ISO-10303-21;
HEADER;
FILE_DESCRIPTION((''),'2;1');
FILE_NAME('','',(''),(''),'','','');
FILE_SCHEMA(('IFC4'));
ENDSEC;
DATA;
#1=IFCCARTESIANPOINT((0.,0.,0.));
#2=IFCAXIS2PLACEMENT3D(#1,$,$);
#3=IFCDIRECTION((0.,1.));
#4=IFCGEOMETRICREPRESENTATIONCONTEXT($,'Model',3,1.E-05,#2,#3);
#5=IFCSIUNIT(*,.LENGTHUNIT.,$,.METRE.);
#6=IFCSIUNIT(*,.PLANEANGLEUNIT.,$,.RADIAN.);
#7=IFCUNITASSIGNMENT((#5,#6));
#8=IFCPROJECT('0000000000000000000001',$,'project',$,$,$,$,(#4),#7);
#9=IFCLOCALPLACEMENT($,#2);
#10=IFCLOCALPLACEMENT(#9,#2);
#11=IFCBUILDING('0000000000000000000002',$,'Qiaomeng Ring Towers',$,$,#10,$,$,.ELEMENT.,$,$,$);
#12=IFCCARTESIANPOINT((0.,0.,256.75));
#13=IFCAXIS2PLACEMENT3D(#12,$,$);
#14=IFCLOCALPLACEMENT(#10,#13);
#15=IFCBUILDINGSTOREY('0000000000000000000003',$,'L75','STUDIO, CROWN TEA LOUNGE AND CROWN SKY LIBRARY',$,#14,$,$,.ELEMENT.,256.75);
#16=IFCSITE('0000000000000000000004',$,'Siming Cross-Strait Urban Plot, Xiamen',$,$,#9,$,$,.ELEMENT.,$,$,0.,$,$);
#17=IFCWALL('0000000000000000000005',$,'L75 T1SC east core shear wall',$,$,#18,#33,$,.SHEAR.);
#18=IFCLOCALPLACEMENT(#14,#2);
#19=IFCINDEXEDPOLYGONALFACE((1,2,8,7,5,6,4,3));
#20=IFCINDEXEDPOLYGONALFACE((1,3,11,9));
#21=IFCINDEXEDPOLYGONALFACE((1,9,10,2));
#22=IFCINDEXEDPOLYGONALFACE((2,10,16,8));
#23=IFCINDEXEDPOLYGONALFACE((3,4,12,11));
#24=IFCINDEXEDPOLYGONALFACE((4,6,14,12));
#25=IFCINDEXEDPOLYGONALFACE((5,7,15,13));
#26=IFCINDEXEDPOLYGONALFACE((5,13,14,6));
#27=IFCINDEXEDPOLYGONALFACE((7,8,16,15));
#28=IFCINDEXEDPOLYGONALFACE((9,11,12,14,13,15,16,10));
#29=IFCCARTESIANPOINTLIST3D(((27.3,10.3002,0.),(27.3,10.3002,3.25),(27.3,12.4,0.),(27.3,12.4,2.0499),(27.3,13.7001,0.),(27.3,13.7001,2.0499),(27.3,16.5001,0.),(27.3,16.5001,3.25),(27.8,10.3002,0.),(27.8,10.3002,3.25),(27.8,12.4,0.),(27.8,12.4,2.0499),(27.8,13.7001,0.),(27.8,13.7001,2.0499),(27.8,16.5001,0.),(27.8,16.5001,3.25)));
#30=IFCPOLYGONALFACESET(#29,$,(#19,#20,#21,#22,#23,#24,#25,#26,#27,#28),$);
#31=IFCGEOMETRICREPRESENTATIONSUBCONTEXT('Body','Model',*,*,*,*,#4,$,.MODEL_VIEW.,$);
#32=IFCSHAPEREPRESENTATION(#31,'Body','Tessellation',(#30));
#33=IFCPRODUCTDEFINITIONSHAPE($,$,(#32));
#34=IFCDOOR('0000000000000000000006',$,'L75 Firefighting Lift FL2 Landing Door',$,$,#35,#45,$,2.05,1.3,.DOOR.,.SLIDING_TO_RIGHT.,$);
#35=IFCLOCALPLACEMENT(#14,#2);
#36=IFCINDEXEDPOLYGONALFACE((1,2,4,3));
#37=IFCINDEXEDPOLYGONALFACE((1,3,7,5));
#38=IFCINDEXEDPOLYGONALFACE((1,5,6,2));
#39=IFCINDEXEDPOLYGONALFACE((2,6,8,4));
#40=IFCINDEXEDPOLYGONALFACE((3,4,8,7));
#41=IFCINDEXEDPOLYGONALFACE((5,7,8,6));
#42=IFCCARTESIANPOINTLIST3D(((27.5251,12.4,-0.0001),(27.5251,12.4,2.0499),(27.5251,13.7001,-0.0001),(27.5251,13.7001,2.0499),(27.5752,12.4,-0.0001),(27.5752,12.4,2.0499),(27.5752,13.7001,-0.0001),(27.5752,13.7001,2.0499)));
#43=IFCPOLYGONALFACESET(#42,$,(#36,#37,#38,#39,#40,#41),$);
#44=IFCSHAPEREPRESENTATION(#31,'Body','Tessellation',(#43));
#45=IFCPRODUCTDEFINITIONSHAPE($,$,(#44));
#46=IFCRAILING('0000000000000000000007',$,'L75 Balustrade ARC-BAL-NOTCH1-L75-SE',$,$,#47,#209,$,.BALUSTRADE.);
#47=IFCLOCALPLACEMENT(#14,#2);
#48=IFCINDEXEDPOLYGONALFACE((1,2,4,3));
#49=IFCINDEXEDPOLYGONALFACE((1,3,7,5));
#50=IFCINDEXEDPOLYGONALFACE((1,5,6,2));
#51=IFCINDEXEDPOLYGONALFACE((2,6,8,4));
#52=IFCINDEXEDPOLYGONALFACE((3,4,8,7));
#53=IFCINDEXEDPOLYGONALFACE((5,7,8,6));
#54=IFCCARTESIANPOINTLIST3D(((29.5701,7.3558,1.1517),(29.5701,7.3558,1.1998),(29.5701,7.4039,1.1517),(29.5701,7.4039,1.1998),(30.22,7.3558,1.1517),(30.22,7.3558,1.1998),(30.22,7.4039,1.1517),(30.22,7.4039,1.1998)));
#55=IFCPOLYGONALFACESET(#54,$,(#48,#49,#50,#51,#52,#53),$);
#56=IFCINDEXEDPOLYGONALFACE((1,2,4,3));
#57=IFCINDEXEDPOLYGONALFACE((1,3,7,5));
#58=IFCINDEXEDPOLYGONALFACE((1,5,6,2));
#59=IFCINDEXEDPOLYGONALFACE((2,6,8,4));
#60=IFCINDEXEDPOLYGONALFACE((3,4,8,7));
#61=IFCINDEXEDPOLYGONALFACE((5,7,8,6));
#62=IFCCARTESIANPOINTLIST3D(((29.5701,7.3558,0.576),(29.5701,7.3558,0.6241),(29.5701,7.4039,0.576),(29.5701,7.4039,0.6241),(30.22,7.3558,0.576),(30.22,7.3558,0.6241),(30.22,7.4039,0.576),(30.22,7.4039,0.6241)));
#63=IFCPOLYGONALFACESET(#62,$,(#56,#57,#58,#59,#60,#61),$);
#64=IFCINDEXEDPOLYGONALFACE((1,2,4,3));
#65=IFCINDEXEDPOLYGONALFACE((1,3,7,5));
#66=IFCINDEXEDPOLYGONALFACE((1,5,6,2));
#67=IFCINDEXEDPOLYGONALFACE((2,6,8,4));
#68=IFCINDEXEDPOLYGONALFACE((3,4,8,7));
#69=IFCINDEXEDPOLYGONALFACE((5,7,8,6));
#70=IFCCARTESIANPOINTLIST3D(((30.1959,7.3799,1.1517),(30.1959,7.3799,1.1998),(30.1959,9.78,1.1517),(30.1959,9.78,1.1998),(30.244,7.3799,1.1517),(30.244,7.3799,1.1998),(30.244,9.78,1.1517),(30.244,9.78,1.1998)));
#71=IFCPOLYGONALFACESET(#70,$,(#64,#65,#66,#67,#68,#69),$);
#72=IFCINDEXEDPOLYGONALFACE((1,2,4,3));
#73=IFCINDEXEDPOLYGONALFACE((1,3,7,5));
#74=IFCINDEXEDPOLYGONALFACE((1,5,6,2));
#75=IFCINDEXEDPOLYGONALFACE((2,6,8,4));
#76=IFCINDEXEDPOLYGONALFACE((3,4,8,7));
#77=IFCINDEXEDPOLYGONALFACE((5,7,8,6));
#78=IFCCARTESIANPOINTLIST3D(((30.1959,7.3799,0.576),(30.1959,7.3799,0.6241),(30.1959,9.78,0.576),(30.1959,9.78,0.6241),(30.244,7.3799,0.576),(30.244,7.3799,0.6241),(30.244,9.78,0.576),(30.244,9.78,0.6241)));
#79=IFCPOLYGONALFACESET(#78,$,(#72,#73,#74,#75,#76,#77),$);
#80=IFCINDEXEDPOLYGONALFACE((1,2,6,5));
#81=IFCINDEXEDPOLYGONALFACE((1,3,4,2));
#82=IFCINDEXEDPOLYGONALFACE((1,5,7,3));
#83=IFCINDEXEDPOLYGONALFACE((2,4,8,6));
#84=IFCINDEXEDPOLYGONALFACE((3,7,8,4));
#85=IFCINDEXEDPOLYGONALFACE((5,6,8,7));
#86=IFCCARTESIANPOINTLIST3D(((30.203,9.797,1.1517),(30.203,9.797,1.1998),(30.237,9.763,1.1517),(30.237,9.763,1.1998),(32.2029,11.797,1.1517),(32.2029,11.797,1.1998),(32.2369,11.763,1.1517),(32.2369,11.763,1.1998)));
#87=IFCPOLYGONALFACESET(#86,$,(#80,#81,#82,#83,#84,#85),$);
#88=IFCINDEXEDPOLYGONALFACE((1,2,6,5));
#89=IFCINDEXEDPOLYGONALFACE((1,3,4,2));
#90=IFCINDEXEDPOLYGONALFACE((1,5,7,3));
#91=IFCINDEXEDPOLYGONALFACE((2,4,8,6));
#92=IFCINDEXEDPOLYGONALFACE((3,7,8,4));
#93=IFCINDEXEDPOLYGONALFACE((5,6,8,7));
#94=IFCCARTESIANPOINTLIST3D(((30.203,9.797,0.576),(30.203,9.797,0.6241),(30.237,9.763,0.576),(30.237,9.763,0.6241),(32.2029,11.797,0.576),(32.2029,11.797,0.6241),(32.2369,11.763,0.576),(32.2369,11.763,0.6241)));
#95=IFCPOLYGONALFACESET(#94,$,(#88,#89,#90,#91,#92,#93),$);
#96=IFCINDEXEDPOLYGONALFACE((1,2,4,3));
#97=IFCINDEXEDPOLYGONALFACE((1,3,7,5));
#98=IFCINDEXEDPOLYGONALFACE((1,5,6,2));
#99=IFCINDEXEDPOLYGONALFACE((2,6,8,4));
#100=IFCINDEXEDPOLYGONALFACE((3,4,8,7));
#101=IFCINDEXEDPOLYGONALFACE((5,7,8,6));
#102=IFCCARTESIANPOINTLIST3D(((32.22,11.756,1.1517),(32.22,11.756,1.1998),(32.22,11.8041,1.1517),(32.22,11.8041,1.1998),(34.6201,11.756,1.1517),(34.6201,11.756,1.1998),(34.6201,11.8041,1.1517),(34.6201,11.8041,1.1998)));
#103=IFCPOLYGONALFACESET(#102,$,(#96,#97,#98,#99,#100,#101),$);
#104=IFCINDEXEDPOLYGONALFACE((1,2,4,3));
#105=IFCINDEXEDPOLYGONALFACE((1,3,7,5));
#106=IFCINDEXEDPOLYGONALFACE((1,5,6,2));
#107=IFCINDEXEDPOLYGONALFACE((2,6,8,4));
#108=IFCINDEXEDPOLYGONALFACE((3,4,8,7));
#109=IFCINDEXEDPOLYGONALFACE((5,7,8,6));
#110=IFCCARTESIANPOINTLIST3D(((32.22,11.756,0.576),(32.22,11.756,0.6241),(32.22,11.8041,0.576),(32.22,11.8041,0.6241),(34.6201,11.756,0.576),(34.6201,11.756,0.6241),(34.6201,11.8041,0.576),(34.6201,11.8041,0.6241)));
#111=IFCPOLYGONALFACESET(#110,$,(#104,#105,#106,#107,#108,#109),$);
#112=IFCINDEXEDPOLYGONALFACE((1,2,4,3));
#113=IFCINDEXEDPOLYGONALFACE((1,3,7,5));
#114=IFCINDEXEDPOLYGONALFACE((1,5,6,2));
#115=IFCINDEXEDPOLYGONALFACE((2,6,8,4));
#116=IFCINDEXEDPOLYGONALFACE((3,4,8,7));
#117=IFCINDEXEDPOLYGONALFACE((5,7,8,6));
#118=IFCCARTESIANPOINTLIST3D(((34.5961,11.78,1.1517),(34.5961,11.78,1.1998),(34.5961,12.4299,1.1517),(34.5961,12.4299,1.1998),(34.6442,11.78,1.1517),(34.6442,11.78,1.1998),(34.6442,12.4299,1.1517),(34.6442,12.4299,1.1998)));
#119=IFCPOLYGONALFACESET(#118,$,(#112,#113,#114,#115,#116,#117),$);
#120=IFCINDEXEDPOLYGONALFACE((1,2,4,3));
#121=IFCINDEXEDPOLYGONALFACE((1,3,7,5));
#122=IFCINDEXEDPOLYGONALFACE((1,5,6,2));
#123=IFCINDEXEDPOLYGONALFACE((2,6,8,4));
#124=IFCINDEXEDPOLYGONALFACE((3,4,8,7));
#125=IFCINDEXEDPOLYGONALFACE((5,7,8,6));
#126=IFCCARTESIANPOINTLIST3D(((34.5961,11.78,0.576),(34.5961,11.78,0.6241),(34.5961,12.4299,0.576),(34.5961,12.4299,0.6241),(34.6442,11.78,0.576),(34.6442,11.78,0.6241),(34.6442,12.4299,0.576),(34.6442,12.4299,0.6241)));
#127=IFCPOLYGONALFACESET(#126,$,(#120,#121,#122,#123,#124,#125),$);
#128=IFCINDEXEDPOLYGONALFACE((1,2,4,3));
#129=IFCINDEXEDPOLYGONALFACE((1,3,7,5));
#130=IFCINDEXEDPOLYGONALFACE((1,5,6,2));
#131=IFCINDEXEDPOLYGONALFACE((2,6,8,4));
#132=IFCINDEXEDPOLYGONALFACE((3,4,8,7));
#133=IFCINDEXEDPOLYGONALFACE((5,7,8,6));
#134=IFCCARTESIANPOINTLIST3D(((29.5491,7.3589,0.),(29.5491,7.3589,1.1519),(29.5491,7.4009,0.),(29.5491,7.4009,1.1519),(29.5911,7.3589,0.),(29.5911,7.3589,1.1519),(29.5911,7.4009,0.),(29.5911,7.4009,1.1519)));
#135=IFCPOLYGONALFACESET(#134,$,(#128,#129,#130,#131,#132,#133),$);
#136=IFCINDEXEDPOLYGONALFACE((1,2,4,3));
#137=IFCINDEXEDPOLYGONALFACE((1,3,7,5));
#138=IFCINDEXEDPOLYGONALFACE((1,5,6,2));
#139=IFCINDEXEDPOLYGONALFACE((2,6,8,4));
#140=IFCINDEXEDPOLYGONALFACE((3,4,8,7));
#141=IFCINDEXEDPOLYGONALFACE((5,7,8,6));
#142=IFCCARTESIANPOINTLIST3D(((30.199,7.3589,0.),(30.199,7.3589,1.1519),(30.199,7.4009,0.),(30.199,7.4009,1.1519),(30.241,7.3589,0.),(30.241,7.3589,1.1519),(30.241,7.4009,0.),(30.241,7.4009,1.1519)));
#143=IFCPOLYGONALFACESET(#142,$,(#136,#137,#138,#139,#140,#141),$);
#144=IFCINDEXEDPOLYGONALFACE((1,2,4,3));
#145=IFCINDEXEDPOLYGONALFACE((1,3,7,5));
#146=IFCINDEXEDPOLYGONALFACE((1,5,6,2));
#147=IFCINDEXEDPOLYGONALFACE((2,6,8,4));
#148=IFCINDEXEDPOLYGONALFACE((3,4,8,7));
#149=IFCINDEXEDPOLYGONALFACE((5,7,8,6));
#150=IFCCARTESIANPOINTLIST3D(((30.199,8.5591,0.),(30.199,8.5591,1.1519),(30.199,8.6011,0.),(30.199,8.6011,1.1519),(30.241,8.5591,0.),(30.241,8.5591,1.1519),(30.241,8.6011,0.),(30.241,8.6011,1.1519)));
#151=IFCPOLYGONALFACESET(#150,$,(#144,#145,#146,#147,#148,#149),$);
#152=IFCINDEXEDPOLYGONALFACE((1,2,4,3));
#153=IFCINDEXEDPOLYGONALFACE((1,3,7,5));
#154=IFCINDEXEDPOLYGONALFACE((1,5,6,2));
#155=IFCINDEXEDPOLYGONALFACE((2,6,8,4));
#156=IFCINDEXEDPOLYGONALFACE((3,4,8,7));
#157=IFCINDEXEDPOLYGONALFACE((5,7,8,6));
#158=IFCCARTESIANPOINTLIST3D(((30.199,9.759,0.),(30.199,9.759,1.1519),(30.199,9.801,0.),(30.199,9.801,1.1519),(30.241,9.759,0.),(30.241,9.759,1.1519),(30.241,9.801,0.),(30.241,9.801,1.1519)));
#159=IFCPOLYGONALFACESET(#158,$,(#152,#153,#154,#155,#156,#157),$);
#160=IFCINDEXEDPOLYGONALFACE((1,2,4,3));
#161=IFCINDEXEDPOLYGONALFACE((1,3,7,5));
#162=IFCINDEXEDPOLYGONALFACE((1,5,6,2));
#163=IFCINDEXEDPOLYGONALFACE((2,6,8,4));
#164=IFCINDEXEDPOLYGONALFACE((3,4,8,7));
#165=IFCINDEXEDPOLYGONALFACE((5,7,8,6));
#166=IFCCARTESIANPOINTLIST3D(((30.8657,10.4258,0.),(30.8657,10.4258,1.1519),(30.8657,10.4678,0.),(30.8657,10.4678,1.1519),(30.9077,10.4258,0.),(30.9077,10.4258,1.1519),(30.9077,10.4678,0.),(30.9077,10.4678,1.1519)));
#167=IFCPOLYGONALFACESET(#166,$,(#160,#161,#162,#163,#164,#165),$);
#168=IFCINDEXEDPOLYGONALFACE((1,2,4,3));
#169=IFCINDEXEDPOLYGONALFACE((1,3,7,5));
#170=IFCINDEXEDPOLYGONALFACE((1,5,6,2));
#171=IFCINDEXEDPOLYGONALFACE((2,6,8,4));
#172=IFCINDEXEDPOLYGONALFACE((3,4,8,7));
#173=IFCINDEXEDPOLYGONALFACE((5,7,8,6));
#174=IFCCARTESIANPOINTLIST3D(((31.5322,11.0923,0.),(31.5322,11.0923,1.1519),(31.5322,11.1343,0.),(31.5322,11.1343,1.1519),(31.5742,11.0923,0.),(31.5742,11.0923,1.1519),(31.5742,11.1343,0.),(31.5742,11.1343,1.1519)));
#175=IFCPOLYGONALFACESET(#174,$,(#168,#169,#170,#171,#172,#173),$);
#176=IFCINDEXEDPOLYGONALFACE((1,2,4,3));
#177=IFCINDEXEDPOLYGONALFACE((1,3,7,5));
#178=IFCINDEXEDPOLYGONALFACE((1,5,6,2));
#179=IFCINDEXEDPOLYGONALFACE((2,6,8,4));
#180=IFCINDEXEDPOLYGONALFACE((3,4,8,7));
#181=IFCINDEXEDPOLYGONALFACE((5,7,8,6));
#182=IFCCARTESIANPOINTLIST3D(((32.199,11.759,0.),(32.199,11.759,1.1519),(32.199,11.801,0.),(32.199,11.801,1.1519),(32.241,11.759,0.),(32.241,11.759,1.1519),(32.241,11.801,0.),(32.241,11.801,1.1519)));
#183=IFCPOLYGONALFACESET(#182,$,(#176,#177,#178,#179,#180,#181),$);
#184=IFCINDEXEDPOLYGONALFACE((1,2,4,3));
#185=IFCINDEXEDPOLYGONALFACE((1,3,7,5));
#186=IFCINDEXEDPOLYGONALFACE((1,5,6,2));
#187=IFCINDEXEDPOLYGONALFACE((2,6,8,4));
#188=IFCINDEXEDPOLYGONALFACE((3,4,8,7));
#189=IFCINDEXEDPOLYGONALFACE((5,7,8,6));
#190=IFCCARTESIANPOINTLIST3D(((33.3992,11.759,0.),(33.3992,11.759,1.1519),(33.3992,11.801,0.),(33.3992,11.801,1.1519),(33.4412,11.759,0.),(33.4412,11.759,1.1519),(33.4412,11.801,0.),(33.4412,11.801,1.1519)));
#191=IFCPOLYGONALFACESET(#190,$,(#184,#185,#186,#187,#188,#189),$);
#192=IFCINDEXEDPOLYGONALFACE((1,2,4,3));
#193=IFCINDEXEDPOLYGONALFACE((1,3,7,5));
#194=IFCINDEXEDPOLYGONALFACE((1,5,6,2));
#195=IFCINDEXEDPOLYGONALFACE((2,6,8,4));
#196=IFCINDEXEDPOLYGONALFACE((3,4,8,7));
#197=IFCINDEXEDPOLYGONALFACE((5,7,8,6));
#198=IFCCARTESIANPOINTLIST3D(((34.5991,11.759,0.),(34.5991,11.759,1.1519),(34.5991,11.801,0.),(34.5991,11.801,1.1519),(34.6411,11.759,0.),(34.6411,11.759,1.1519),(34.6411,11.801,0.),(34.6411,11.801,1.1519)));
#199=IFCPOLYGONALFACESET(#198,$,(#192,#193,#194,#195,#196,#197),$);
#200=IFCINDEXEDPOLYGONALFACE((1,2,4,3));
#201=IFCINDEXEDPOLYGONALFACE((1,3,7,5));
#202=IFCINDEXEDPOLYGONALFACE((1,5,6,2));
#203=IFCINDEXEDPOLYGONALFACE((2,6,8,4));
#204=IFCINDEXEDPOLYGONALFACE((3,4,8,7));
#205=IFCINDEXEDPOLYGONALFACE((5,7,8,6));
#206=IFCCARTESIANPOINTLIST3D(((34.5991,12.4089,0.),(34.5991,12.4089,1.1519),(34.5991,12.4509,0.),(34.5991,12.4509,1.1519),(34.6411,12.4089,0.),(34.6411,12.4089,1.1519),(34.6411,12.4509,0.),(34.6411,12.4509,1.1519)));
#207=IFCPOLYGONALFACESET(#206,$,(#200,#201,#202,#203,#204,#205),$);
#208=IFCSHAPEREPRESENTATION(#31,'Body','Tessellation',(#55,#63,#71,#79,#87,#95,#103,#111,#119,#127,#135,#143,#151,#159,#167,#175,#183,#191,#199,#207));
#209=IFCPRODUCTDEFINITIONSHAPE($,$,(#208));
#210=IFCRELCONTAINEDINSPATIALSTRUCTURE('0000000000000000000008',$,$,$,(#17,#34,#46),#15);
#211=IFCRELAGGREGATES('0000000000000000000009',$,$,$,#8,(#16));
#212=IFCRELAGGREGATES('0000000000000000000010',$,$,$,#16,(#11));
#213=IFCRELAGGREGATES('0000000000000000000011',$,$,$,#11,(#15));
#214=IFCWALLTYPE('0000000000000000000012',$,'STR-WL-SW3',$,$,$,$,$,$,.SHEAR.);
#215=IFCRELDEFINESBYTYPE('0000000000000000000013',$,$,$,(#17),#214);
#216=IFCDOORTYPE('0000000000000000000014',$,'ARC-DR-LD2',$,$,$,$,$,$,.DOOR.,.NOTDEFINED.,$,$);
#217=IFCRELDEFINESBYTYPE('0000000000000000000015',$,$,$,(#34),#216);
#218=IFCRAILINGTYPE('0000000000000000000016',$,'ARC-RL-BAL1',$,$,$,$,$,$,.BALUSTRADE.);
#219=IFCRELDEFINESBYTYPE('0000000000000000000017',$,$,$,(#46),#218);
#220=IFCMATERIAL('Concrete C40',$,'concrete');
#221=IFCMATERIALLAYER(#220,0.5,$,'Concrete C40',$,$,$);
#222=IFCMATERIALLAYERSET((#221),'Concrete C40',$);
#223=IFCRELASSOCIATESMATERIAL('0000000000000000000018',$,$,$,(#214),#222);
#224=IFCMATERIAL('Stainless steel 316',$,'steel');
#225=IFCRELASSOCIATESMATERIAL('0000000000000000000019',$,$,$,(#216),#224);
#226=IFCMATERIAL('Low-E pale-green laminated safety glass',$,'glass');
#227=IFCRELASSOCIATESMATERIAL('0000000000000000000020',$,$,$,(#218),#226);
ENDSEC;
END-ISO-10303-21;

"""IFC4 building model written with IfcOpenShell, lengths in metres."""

from ifc_helpers import new_model, si_unit, direction, frame, frame_2d, origin, origin_2d, place, context, subcontext, project, spatial, rectangle, extrude, source, transform, mapped, material, layer, layer_set, type_object, element, fill, save


model = new_model("IFC4")

# Units and contexts
model_context = context("Model", 3, precision=1e-05, world=origin(), true_north=direction((0.0, 1.0)))
body_context = subcontext(model_context, "Body", "Model", "MODEL_VIEW")
ifc_project = project(units=[si_unit("LENGTHUNIT", "METRE"), si_unit("PLANEANGLEUNIT", "RADIAN")], contexts=[model_context])

# Site, building, storey
site_placement = place(None, origin())
site = spatial("IfcSite", under=ifc_project, at=site_placement, Name="Siming Cross-Strait Urban Plot, Xiamen", CompositionType="ELEMENT", RefElevation=0.0)
building_placement = place(site_placement, origin())
building = spatial("IfcBuilding", under=site, at=building_placement, Name="Qiaomeng Ring Towers", CompositionType="ELEMENT")
storey_placement = place(building_placement, frame((0.0, 0.0, 256.75)))
storey = spatial("IfcBuildingStorey", under=building, at=storey_placement, Name="L75", Description="STUDIO, CROWN TEA LOUNGE AND CROWN SKY LIBRARY", CompositionType="ELEMENT", Elevation=256.75)

# Shared definitions
ifc_material_1 = material(Name="Concrete C40", Category="concrete")

# Wall, opening, door
ifc_layer_1 = layer(ifc_material_1, 0.5, Name="Concrete C40")
ifc_layer_set_1 = layer_set([ifc_layer_1], Name="Concrete C40")
wall_type_1 = type_object("IfcWallType", Name="STR-WL-SW3", PredefinedType="SHEAR", material=ifc_layer_set_1)
wall_1_placement = place(storey_placement, frame((27.55, 10.3, 0.0), z_axis=(0.0, 0.0, 1.0), x_axis=(0.0, 1.0, 0.0)))
wall_1 = element("IfcWall", 1, at=wall_1_placement, inside=storey, type_object=wall_type_1, Name="L75 T1SC east core shear wall", PredefinedType="SHEAR", context=body_context, shape_type="SweptSolid", body=[
    extrude(rectangle(XDim=6.2, YDim=0.5, at=frame_2d((3.1001, 0.0))), origin(), (0.0, 0.0, 1.0), 3.25),
])
opening_1_placement = place(wall_1_placement, frame((2.1001, 0.0, 0.0)))
opening_1 = element("IfcOpeningElement", 2, at=opening_1_placement, cuts=wall_1, PredefinedType="OPENING", context=body_context, shape_type="SweptSolid", body=[
    extrude(rectangle(XDim=1.3, YDim=2.05, at=frame_2d((0.6499, 1.0249))), frame((0.0, 0.26, 0.0), z_axis=(0.0, -1.0, 0.0), x_axis=(1.0, 0.0, 0.0)), (0.0, 0.0, 1.0), 0.52),
])
ifc_material_2 = material(Name="Stainless steel 316", Category="steel")
door_type_1 = type_object("IfcDoorType", Name="ARC-DR-LD2", OperationType="NOTDEFINED", PredefinedType="DOOR", material=ifc_material_2)
shared_shape_1 = source(origin(), body_context, "Body", "SweptSolid", [
    extrude(rectangle(XDim=1.3, YDim=2.05, at=frame_2d((0.6499, 1.0249))), frame((0.0, 0.0249, 0.0), z_axis=(0.0, -1.0, 0.0), x_axis=(1.0, 0.0, 0.0)), (0.0, 0.0, 1.0), 0.05),
])
door_1_placement = place(opening_1_placement, origin())
door_1 = element("IfcDoor", 3, at=door_1_placement, inside=storey, type_object=door_type_1, Name="L75 Firefighting Lift FL2 Landing Door", OperationType="SLIDING_TO_RIGHT", OverallHeight=2.05, OverallWidth=1.3, PredefinedType="DOOR", context=body_context, shape_type="MappedRepresentation", body=[
    mapped(shared_shape_1, transform((0.0, 0.0, 0.0), x_axis=(1.0, 0.0, 0.0), y_axis=(0.0, 1.0, 0.0), z_axis=(0.0, 0.0, 1.0), scale=1.0)),
])
fill(opening_1, door_1)

# Railing
ifc_material_3 = material(Name="Low-E pale-green laminated safety glass", Category="glass")
railing_type = type_object("IfcRailingType", Name="ARC-RL-BAL1", PredefinedType="BALUSTRADE", material=ifc_material_3)
railing_placement = place(storey_placement, frame((29.5701, 7.3799, 0.0)))
element("IfcRailing", 4, at=railing_placement, inside=storey, type_object=railing_type, Name="L75 Balustrade ARC-BAL-NOTCH1-L75-SE", PredefinedType="BALUSTRADE", context=body_context, shape_type="SweptSolid", body=[
    extrude(rectangle(XDim=0.0481, YDim=0.0481, at=origin_2d()), frame((0.0, 0.0, 1.1758), z_axis=(1.0, 0.0, 0.0), x_axis=(0.0, 1.0, 0.0)), (0.0, 0.0, 1.0), 0.6499),
    extrude(rectangle(XDim=0.0481, YDim=0.0481, at=origin_2d()), frame((0.0, 0.0, 0.6001), z_axis=(1.0, 0.0, 0.0), x_axis=(0.0, 1.0, 0.0)), (0.0, 0.0, 1.0), 0.6499),
    extrude(rectangle(XDim=0.0481, YDim=0.0481, at=origin_2d()), frame((0.6499, 0.0, 1.1758), z_axis=(0.0, 1.0, 0.0), x_axis=(-1.0, 0.0, 0.0)), (0.0, 0.0, 1.0), 2.4001),
    extrude(rectangle(XDim=0.0481, YDim=0.0481, at=origin_2d()), frame((0.6499, 0.0, 0.6001), z_axis=(0.0, 1.0, 0.0), x_axis=(-1.0, 0.0, 0.0)), (0.0, 0.0, 1.0), 2.4001),
    extrude(rectangle(XDim=0.0481, YDim=0.0481, at=origin_2d()), frame((0.6499, 2.4001, 1.1758), z_axis=(0.707107, 0.707107, 0.0), x_axis=(-0.707107, 0.707107, 0.0)), (0.0, 0.0, 1.0), 2.8284),
    extrude(rectangle(XDim=0.0481, YDim=0.0481, at=origin_2d()), frame((0.6499, 2.4001, 0.6001), z_axis=(0.707107, 0.707107, 0.0), x_axis=(-0.707107, 0.707107, 0.0)), (0.0, 0.0, 1.0), 2.8284),
    extrude(rectangle(XDim=0.0481, YDim=0.0481, at=origin_2d()), frame((2.6499, 4.4001, 1.1758), z_axis=(1.0, 0.0, 0.0), x_axis=(0.0, 1.0, 0.0)), (0.0, 0.0, 1.0), 2.4001),
    extrude(rectangle(XDim=0.0481, YDim=0.0481, at=origin_2d()), frame((2.6499, 4.4001, 0.6001), z_axis=(1.0, 0.0, 0.0), x_axis=(0.0, 1.0, 0.0)), (0.0, 0.0, 1.0), 2.4001),
    extrude(rectangle(XDim=0.0481, YDim=0.0481, at=origin_2d()), frame((5.05, 4.4001, 1.1758), z_axis=(0.0, 1.0, 0.0), x_axis=(-1.0, 0.0, 0.0)), (0.0, 0.0, 1.0), 0.6499),
    extrude(rectangle(XDim=0.0481, YDim=0.0481, at=origin_2d()), frame((5.05, 4.4001, 0.6001), z_axis=(0.0, 1.0, 0.0), x_axis=(-1.0, 0.0, 0.0)), (0.0, 0.0, 1.0), 0.6499),
    extrude(rectangle(XDim=0.042, YDim=0.042, at=origin_2d()), origin(), (0.0, 0.0, 1.0), 1.1519),
    extrude(rectangle(XDim=0.042, YDim=0.042, at=origin_2d()), frame((0.6499, 0.0, 0.0)), (0.0, 0.0, 1.0), 1.1519),
    extrude(rectangle(XDim=0.042, YDim=0.042, at=origin_2d()), frame((0.6499, 1.2002, 0.0)), (0.0, 0.0, 1.0), 1.1519),
    extrude(rectangle(XDim=0.042, YDim=0.042, at=origin_2d()), frame((0.6499, 2.4001, 0.0)), (0.0, 0.0, 1.0), 1.1519),
    extrude(rectangle(XDim=0.042, YDim=0.042, at=origin_2d()), frame((1.3167, 3.0669, 0.0)), (0.0, 0.0, 1.0), 1.1519),
    extrude(rectangle(XDim=0.042, YDim=0.042, at=origin_2d()), frame((1.9832, 3.7334, 0.0)), (0.0, 0.0, 1.0), 1.1519),
    extrude(rectangle(XDim=0.042, YDim=0.042, at=origin_2d()), frame((2.6499, 4.4001, 0.0)), (0.0, 0.0, 1.0), 1.1519),
    extrude(rectangle(XDim=0.042, YDim=0.042, at=origin_2d()), frame((3.8501, 4.4001, 0.0)), (0.0, 0.0, 1.0), 1.1519),
    extrude(rectangle(XDim=0.042, YDim=0.042, at=origin_2d()), frame((5.05, 4.4001, 0.0)), (0.0, 0.0, 1.0), 1.1519),
    extrude(rectangle(XDim=0.042, YDim=0.042, at=origin_2d()), frame((5.05, 5.05, 0.0)), (0.0, 0.0, 1.0), 1.1519),
])

save(model, "model.ifc")
